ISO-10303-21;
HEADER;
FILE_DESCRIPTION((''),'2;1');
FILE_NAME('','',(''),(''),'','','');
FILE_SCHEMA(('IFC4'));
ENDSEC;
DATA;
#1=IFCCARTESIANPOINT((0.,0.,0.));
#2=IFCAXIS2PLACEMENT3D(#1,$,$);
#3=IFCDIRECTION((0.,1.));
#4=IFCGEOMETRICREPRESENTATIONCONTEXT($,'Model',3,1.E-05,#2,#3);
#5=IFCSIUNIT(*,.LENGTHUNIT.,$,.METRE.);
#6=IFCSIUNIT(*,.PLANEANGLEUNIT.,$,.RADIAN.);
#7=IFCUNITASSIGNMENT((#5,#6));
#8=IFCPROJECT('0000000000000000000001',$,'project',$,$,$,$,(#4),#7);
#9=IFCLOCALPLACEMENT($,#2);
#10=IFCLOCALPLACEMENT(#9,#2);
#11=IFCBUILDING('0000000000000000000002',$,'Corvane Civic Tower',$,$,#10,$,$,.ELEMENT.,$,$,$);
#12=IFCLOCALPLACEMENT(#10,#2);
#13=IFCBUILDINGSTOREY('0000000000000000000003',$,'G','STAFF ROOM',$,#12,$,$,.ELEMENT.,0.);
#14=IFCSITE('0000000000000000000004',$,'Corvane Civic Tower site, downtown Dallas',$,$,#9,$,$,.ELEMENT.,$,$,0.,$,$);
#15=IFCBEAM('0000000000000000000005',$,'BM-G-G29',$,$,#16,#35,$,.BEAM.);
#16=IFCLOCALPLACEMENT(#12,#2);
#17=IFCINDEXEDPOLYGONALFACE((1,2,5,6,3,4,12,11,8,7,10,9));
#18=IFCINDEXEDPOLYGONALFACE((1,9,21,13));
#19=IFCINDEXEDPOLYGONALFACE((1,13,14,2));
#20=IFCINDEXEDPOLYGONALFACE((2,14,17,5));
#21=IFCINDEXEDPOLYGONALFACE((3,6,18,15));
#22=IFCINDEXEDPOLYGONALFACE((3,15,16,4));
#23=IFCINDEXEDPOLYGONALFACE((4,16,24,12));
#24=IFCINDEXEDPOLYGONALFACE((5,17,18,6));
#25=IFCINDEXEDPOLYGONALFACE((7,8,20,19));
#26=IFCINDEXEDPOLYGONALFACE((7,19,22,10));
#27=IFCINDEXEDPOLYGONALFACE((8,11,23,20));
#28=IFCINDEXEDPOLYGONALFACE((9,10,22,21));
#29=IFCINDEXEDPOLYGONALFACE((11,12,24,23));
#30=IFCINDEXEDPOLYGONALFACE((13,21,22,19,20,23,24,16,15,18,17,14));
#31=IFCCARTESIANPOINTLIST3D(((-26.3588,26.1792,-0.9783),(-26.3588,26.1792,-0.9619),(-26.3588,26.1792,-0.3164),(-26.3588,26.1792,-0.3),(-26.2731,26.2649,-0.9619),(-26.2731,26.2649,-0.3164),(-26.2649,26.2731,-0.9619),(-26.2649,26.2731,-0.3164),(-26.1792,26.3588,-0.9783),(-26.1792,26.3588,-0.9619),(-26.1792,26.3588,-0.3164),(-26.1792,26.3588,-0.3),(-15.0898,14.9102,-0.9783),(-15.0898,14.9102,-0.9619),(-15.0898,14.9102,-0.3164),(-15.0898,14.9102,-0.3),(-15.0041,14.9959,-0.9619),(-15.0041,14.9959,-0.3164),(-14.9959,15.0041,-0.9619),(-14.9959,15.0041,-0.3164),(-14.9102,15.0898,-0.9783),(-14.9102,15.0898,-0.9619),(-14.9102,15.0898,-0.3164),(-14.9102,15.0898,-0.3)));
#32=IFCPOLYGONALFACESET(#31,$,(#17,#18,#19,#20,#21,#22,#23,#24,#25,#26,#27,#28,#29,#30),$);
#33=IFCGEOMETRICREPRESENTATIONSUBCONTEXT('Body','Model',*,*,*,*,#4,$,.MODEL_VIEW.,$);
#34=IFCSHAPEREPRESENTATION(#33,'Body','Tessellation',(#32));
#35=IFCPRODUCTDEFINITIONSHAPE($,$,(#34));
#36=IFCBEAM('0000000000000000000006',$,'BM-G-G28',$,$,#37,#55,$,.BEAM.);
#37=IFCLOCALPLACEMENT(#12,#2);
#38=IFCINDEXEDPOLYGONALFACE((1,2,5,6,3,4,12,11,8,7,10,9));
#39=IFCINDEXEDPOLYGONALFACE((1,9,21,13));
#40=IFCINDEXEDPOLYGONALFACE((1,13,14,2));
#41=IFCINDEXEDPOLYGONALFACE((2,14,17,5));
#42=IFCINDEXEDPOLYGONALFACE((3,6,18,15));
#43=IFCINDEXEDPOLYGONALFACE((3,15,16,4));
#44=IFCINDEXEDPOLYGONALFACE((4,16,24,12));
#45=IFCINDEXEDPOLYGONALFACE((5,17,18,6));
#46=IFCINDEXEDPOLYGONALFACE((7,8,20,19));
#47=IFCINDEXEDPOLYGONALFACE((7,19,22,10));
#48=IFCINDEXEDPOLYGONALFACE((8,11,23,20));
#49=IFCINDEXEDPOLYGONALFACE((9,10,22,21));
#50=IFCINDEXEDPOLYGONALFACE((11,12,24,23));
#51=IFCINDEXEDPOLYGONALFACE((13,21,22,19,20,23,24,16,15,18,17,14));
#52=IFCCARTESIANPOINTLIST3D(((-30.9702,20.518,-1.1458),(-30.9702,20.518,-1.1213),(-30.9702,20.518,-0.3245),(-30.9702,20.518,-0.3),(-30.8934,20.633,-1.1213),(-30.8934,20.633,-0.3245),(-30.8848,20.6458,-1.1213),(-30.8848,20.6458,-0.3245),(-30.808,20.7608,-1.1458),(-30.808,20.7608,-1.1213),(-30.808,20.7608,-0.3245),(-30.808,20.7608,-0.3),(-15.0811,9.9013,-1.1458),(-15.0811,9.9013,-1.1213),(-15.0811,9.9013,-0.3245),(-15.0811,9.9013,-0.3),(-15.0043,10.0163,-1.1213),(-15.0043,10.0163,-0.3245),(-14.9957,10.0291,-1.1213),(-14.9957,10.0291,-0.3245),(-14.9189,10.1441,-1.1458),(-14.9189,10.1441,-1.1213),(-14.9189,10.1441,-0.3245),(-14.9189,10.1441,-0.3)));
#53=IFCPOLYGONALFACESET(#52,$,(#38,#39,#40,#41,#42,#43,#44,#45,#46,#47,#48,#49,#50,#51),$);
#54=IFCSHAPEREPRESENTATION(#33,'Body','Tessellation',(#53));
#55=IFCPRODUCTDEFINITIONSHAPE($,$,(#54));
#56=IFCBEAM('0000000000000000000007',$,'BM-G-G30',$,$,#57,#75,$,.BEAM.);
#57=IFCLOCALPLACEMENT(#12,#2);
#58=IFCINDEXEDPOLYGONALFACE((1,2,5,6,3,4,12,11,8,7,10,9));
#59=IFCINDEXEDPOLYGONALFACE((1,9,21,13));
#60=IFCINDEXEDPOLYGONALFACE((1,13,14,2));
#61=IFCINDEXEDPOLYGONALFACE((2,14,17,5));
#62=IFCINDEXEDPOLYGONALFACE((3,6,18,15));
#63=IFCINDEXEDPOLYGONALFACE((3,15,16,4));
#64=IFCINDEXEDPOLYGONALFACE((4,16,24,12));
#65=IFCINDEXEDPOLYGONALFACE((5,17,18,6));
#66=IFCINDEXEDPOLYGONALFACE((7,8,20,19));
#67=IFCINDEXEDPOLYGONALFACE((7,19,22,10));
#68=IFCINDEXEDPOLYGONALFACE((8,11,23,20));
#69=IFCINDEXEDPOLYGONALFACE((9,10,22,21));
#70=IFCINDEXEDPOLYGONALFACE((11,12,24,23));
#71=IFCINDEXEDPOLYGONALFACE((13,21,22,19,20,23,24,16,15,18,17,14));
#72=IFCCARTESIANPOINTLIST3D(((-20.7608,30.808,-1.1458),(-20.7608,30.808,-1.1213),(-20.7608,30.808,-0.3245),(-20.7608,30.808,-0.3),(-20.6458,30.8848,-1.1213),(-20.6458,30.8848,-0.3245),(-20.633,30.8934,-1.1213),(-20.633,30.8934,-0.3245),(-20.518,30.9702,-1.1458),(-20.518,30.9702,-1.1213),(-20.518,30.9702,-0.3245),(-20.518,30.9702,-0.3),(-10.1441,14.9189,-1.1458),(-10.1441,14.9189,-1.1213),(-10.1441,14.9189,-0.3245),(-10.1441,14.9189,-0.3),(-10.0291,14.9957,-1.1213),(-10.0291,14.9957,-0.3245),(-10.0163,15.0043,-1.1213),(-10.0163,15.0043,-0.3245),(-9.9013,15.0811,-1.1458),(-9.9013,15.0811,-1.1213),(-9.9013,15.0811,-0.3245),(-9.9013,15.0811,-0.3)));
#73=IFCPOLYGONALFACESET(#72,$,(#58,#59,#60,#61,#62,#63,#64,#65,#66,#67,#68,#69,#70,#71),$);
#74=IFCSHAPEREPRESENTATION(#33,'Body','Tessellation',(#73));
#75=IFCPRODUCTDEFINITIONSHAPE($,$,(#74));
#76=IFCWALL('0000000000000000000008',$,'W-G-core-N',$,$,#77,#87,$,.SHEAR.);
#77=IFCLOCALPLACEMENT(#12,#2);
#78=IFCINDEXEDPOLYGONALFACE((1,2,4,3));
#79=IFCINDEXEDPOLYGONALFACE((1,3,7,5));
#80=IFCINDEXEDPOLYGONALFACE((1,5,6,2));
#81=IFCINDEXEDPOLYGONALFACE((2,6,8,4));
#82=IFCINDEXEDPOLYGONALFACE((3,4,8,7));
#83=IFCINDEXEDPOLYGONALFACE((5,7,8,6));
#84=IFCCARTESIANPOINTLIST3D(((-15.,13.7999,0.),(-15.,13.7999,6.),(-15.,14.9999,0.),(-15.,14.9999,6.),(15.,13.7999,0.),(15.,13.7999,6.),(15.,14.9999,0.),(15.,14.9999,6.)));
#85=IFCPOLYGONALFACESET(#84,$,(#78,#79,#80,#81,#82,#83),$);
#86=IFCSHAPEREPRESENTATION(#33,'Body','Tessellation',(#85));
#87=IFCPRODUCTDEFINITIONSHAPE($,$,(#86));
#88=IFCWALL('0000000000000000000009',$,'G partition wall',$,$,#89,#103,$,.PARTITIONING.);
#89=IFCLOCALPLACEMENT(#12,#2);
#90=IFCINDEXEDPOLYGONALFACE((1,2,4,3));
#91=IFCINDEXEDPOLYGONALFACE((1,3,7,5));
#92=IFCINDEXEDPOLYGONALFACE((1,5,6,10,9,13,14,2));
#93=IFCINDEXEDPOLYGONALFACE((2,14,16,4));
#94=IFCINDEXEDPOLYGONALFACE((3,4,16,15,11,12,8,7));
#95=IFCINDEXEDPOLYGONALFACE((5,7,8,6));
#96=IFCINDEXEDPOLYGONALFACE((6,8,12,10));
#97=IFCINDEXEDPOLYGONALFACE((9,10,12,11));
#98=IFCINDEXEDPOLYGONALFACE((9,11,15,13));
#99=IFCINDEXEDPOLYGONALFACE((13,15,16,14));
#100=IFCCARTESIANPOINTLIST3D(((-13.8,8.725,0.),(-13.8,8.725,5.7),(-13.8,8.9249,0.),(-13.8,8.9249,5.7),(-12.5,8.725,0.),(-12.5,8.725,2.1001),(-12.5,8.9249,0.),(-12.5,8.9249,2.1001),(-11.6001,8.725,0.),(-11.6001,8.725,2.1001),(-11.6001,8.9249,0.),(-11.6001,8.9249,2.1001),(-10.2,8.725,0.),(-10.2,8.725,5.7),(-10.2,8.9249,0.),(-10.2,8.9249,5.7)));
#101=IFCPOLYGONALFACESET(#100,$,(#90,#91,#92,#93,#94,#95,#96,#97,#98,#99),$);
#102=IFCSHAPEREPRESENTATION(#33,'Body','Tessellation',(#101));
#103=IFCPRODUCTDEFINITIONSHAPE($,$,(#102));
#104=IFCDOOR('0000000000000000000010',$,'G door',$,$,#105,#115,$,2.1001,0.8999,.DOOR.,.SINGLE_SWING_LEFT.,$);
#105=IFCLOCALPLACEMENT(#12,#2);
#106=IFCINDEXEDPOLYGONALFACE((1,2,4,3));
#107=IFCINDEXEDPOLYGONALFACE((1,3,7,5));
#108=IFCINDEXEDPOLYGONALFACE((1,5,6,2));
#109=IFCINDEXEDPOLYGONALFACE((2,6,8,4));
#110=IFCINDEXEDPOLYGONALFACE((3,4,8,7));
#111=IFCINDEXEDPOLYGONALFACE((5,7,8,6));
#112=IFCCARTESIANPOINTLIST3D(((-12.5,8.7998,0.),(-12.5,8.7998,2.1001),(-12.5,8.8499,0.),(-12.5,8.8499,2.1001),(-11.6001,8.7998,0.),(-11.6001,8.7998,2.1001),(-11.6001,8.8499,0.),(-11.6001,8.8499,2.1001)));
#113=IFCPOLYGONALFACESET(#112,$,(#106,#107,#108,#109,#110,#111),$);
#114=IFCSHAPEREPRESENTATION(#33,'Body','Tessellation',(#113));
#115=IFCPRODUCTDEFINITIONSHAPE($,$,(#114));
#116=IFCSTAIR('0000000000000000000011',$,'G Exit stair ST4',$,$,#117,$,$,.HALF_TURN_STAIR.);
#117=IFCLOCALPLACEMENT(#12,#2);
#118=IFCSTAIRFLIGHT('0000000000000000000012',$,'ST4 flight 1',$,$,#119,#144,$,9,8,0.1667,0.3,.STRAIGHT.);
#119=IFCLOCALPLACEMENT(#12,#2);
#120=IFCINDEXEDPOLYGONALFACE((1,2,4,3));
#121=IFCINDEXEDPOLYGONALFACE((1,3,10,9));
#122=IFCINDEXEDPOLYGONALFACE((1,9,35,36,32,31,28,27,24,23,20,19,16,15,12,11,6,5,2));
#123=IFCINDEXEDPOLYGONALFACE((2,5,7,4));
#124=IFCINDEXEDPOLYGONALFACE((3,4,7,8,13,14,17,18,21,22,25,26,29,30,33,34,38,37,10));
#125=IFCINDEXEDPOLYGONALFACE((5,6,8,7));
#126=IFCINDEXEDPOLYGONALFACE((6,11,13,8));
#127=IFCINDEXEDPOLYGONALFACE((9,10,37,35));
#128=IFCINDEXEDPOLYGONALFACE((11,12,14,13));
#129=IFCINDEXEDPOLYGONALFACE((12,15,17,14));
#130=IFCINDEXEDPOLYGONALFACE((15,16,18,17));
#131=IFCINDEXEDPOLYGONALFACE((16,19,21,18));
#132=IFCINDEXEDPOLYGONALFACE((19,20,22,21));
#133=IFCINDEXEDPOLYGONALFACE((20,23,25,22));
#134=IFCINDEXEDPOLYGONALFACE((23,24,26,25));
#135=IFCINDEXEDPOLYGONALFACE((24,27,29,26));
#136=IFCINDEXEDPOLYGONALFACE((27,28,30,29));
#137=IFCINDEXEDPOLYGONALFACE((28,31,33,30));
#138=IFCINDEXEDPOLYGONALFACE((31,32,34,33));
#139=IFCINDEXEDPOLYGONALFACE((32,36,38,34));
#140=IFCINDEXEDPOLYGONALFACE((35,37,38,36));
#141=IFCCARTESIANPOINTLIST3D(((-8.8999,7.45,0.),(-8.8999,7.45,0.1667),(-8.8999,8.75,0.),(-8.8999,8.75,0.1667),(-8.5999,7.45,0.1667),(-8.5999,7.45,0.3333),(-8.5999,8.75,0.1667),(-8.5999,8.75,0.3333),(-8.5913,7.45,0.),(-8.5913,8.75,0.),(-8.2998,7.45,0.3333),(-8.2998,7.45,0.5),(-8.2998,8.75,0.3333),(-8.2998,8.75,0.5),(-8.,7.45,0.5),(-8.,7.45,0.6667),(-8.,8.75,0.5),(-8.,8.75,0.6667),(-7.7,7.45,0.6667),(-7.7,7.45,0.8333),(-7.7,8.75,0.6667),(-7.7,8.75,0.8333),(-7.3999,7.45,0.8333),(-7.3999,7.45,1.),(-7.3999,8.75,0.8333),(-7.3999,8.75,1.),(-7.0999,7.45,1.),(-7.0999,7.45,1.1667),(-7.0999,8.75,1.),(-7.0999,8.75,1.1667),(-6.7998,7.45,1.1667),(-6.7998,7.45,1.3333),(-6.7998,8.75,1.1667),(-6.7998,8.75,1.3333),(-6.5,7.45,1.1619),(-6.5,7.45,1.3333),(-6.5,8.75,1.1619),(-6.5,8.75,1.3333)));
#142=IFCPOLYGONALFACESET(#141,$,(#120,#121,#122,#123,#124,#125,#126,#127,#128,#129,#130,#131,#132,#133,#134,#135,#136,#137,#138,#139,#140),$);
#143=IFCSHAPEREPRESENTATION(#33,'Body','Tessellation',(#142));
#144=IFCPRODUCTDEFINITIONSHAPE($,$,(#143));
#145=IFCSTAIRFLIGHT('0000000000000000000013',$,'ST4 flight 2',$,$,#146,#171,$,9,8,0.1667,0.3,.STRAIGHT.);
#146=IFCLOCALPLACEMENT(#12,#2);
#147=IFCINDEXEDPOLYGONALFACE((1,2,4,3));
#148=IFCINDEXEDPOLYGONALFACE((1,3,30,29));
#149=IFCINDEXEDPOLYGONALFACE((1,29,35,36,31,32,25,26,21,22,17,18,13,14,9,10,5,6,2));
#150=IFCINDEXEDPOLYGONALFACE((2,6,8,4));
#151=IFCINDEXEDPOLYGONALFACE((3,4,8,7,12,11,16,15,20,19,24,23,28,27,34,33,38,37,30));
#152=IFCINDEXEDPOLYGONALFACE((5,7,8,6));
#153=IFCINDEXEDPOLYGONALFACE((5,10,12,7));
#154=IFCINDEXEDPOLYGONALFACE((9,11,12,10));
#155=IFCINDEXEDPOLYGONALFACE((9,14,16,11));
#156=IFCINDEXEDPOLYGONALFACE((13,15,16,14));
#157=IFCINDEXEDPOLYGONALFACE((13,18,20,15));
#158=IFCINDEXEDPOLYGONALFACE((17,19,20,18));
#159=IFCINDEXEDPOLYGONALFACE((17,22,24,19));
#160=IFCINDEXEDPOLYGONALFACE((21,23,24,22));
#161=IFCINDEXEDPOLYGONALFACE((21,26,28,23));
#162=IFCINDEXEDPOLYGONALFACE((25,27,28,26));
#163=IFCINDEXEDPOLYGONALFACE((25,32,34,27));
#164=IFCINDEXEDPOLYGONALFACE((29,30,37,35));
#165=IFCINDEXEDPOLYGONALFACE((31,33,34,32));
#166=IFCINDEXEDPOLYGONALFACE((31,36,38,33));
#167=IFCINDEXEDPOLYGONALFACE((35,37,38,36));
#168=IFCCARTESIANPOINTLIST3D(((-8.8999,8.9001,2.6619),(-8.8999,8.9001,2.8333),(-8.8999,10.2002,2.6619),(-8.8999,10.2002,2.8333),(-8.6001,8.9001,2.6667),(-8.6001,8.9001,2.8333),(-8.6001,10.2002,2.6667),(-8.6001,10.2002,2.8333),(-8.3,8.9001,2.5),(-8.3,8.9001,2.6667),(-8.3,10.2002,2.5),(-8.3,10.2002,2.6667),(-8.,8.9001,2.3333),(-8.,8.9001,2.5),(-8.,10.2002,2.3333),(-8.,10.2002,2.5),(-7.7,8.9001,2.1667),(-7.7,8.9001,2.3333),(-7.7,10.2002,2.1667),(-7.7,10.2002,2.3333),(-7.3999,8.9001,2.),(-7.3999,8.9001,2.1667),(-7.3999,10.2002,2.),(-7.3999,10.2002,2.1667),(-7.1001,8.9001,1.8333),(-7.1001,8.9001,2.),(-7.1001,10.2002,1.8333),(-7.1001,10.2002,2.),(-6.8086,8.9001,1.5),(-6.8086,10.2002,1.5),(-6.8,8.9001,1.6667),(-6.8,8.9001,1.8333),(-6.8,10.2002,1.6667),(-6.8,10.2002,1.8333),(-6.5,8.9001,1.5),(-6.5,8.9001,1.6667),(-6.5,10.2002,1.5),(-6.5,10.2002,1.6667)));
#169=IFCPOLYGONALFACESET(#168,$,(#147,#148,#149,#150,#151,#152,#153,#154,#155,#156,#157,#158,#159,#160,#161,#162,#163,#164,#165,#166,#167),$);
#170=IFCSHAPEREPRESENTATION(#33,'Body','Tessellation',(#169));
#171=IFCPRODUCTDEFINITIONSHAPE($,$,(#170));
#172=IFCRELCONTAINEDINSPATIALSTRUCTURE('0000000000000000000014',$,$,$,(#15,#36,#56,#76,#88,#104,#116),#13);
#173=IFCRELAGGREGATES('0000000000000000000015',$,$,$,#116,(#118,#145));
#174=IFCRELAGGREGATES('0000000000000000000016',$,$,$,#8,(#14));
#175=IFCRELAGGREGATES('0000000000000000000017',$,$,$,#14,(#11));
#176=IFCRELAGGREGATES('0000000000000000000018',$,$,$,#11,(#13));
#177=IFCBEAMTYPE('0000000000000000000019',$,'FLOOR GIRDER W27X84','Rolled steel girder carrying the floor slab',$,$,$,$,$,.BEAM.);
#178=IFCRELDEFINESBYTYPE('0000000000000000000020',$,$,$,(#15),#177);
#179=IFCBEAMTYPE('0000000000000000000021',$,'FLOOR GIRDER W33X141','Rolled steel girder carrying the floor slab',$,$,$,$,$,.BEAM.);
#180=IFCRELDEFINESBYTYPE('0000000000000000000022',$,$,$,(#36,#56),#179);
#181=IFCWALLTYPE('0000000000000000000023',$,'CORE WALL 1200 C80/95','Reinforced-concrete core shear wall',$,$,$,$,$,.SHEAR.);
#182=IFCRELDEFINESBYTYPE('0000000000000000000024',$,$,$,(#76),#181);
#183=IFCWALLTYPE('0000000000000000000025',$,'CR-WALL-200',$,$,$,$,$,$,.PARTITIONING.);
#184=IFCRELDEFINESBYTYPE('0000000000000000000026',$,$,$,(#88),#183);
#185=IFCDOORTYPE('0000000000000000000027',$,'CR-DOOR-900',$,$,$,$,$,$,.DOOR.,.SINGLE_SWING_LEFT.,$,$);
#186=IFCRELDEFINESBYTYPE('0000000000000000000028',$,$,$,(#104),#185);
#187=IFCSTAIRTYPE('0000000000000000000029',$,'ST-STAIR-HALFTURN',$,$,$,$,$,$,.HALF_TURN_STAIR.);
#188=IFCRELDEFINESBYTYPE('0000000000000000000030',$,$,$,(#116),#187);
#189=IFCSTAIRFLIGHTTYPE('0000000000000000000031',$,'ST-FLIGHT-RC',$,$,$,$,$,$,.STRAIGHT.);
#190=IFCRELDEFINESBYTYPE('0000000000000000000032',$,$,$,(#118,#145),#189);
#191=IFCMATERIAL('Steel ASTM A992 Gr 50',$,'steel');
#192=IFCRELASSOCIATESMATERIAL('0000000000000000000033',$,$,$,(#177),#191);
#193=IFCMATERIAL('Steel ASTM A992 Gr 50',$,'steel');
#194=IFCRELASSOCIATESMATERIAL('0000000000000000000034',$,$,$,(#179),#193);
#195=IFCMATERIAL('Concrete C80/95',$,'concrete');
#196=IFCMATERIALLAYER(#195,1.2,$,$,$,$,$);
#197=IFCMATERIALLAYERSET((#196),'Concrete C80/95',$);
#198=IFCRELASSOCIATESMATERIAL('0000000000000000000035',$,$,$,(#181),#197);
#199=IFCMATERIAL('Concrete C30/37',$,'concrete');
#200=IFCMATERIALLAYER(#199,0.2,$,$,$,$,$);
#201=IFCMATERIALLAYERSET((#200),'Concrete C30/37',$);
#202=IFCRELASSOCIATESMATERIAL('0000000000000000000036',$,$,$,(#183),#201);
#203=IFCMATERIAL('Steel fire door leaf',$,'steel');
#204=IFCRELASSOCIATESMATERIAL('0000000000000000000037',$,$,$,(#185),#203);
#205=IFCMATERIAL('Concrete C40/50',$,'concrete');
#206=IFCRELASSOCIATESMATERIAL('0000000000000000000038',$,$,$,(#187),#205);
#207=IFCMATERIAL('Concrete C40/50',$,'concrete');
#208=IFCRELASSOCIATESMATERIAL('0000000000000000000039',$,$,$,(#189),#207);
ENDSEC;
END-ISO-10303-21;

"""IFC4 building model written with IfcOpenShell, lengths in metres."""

from ifc_helpers import new_model, si_unit, direction, frame, frame_2d, origin, origin_2d, place, context, subcontext, project, spatial, polyline, rectangle, i_section, outline, extrude, material, layer, layer_set, material_profile, profile_set, type_object, element, fill, aggregate, save


model = new_model("IFC4")

# Units and contexts
model_context = context("Model", 3, precision=1e-05, world=origin(), true_north=direction((0.0, 1.0)))
body_context = subcontext(model_context, "Body", "Model", "MODEL_VIEW")
ifc_project = project(units=[si_unit("LENGTHUNIT", "METRE"), si_unit("PLANEANGLEUNIT", "RADIAN")], contexts=[model_context])

# Site, building, storey
site_placement = place(None, origin())
site = spatial("IfcSite", under=ifc_project, at=site_placement, Name="Corvane Civic Tower site, downtown Dallas", CompositionType="ELEMENT", RefElevation=0.0)
building_placement = place(site_placement, origin())
building = spatial("IfcBuilding", under=site, at=building_placement, Name="Corvane Civic Tower", CompositionType="ELEMENT")
storey_placement = place(building_placement, origin())
storey = spatial("IfcBuildingStorey", under=building, at=storey_placement, Name="G", Description="STAFF ROOM", CompositionType="ELEMENT", Elevation=0.0)

# Beams
ifc_material_1 = material(Name="Steel ASTM A992 Gr 50", Category="steel")
ifc_material_profile_1 = material_profile(ifc_material_1, i_section(OverallWidth=0.2539, OverallDepth=0.6782, WebThickness=0.0117, FlangeThickness=0.0164, at=origin_2d()), Name="W27X84")
ifc_profile_set_1 = profile_set([ifc_material_profile_1], Name="Steel ASTM A992 Gr 50")
beam_type_1 = type_object("IfcBeamType", Name="FLOOR GIRDER W27X84", Description="Rolled steel girder carrying the floor slab", PredefinedType="BEAM", material=ifc_profile_set_1)
beam_placement = place(storey_placement, frame((-15.0, 15.0, -0.6392), z_axis=(-0.707107, 0.707107, 0.0), x_axis=(-0.707107, -0.707107, 0.0)))
element("IfcBeam", 1, at=beam_placement, inside=storey, type_object=beam_type_1, Name="BM-G-G29", PredefinedType="BEAM", context=body_context, shape_type="SweptSolid", body=[
    extrude(i_section(OverallWidth=0.2539, OverallDepth=0.6782, WebThickness=0.0117, FlangeThickness=0.0164, at=origin_2d()), origin(), (0.0, 0.0, 1.0), 15.9368),
])
ifc_material_2 = material(Name="Steel ASTM A992 Gr 50", Category="steel")
ifc_material_profile_2 = material_profile(ifc_material_2, i_section(OverallWidth=0.292, OverallDepth=0.8457, WebThickness=0.0154, FlangeThickness=0.0244, at=origin_2d()), Name="W33X141")
ifc_profile_set_2 = profile_set([ifc_material_profile_2], Name="Steel ASTM A992 Gr 50")
beam_type_2 = type_object("IfcBeamType", Name="FLOOR GIRDER W33X141", Description="Rolled steel girder carrying the floor slab", PredefinedType="BEAM", material=ifc_profile_set_2)
for number, where, z_axis, x_axis, name in (
    (2, (-15.0, 10.0227, -0.7229), (-0.831472, 0.555567, 0.0), (-0.555567, -0.831472, 0.0), "BM-G-G28"),
    (3, (-10.0227, 15.0, -0.7229), (-0.555567, 0.831472, 0.0), (-0.831472, -0.555567, 0.0), "BM-G-G30"),
):
    element("IfcBeam", number, at=place(storey_placement, frame(where, z_axis=z_axis, x_axis=x_axis)), inside=storey, type_object=beam_type_2, Name=name, PredefinedType="BEAM", context=body_context, shape_type="SweptSolid", body=[
        extrude(i_section(OverallWidth=0.292, OverallDepth=0.8457, WebThickness=0.0154, FlangeThickness=0.0244, at=origin_2d()), origin(), (0.0, 0.0, 1.0), 19.1096),
    ])

# Wall
ifc_material_3 = material(Name="Concrete C80/95", Category="concrete")
ifc_layer_1 = layer(ifc_material_3, 1.2)
ifc_layer_set_1 = layer_set([ifc_layer_1], Name="Concrete C80/95")
wall_type_1 = type_object("IfcWallType", Name="CORE WALL 1200 C80/95", Description="Reinforced-concrete core shear wall", PredefinedType="SHEAR", material=ifc_layer_set_1)
wall_1_placement = place(storey_placement, frame((-15.0, 14.3999, 0.0), z_axis=(0.0, 0.0, 1.0), x_axis=(1.0, 0.0, 0.0)))
element("IfcWall", 4, at=wall_1_placement, inside=storey, type_object=wall_type_1, Name="W-G-core-N", PredefinedType="SHEAR", context=body_context, shape_type="SweptSolid", body=[
    extrude(rectangle(XDim=30.0, YDim=1.2, at=frame_2d((15.0, 0.0))), origin(), (0.0, 0.0, 1.0), 6.0),
])

# Wall, opening, door
ifc_material_4 = material(Name="Concrete C30/37", Category="concrete")
ifc_layer_2 = layer(ifc_material_4, 0.2)
ifc_layer_set_2 = layer_set([ifc_layer_2], Name="Concrete C30/37")
wall_type_2 = type_object("IfcWallType", Name="CR-WALL-200", PredefinedType="PARTITIONING", material=ifc_layer_set_2)
wall_2_placement = place(storey_placement, frame((-13.8, 8.825, 0.0), z_axis=(0.0, 0.0, 1.0), x_axis=(1.0, 0.0, 0.0)))
wall_2 = element("IfcWall", 5, at=wall_2_placement, inside=storey, type_object=wall_type_2, Name="G partition wall", PredefinedType="PARTITIONING", context=body_context, shape_type="SweptSolid", body=[
    extrude(rectangle(XDim=3.6001, YDim=0.2, at=frame_2d((1.8, 0.0))), origin(), (0.0, 0.0, 1.0), 5.7),
])
opening_placement = place(wall_2_placement, frame((1.3, 0.0, 0.0)))
opening = element("IfcOpeningElement", 6, at=opening_placement, cuts=wall_2, PredefinedType="OPENING", context=body_context, shape_type="SweptSolid", body=[
    extrude(rectangle(XDim=0.8999, YDim=2.1001, at=frame_2d((0.45, 1.05))), frame((0.0, 0.1099, 0.0), z_axis=(0.0, -1.0, 0.0), x_axis=(1.0, 0.0, 0.0)), (0.0, 0.0, 1.0), 0.22),
])
ifc_material_5 = material(Name="Steel fire door leaf", Category="steel")
door_type = type_object("IfcDoorType", Name="CR-DOOR-900", OperationType="SINGLE_SWING_LEFT", PredefinedType="DOOR", material=ifc_material_5)
door_placement = place(opening_placement, origin())
door = element("IfcDoor", 7, at=door_placement, inside=storey, type_object=door_type, Name="G door", OperationType="SINGLE_SWING_LEFT", OverallHeight=2.1001, OverallWidth=0.8999, PredefinedType="DOOR", context=body_context, shape_type="SweptSolid", body=[
    extrude(rectangle(XDim=0.8999, YDim=2.1001, at=frame_2d((0.45, 1.05))), frame((0.0, 0.0249, 0.0), z_axis=(0.0, -1.0, 0.0), x_axis=(1.0, 0.0, 0.0)), (0.0, 0.0, 1.0), 0.05),
])
fill(opening, door)

# Stair, stair flights
ifc_material_6 = material(Name="Concrete C40/50", Category="concrete")
stair_type = type_object("IfcStairType", Name="ST-STAIR-HALFTURN", PredefinedType="HALF_TURN_STAIR", material=ifc_material_6)
stair_placement = place(storey_placement, origin())
stair = element("IfcStair", 8, at=stair_placement, inside=storey, type_object=stair_type, Name="G Exit stair ST4", PredefinedType="HALF_TURN_STAIR")
ifc_material_7 = material(Name="Concrete C40/50", Category="concrete")
stair_flight_type = type_object("IfcStairFlightType", Name="ST-FLIGHT-RC", PredefinedType="STRAIGHT", material=ifc_material_7)
stair_flight_1_placement = place(storey_placement, frame((-8.8999, 8.1001, 0.0), z_axis=(0.0, 0.0, 1.0), x_axis=(1.0, 0.0, 0.0)))
stair_flight_1 = element("IfcStairFlight", 9, at=stair_flight_1_placement, type_object=stair_flight_type, Name="ST4 flight 1", NumberOfRisers=9, NumberOfTreads=8, PredefinedType="STRAIGHT", RiserHeight=0.1667, TreadLength=0.3, context=body_context, shape_type="SweptSolid", body=[
    extrude(outline(polyline([(0.0, 0.0), (0.0, 0.1667), (0.3, 0.1667), (0.3, 0.3333), (0.6001, 0.3333), (0.6001, 0.5), (0.8999, 0.5), (0.8999, 0.6667), (1.2, 0.6667), (1.2, 0.8333), (1.5, 0.8333), (1.5, 1.0), (1.8, 1.0), (1.8, 1.1667), (2.1001, 1.1667), (2.1001, 1.3333), (2.3999, 1.3333), (2.3999, 1.5), (2.3999, 1.1619), (0.3086, 0.0), (0.0, 0.0)])), frame((0.0, 0.6499, 0.0), z_axis=(0.0, -1.0, 0.0), x_axis=(1.0, 0.0, 0.0)), (0.0, 0.0, 1.0), 1.3),
])
stair_flight_2_placement = place(storey_placement, frame((-6.5, 9.55, 1.5), z_axis=(0.0, 0.0, 1.0), x_axis=(-1.0, 0.0, 0.0)))
stair_flight_2 = element("IfcStairFlight", 10, at=stair_flight_2_placement, type_object=stair_flight_type, Name="ST4 flight 2", NumberOfRisers=9, NumberOfTreads=8, PredefinedType="STRAIGHT", RiserHeight=0.1667, TreadLength=0.3, context=body_context, shape_type="SweptSolid", body=[
    extrude(outline(polyline([(0.0, 0.0), (0.0, 0.1667), (0.3, 0.1667), (0.3, 0.3333), (0.6001, 0.3333), (0.6001, 0.5), (0.8999, 0.5), (0.8999, 0.6667), (1.2, 0.6667), (1.2, 0.8333), (1.5, 0.8333), (1.5, 1.0), (1.8, 1.0), (1.8, 1.1667), (2.1001, 1.1667), (2.1001, 1.3333), (2.3999, 1.3333), (2.3999, 1.5), (2.3999, 1.1619), (0.3086, 0.0), (0.0, 0.0)])), frame((0.0, 0.6499, 0.0), z_axis=(0.0, -1.0, 0.0), x_axis=(1.0, 0.0, 0.0)), (0.0, 0.0, 1.0), 1.3),
])
aggregate(stair, [stair_flight_1, stair_flight_2])

save(model, "model.ifc")
